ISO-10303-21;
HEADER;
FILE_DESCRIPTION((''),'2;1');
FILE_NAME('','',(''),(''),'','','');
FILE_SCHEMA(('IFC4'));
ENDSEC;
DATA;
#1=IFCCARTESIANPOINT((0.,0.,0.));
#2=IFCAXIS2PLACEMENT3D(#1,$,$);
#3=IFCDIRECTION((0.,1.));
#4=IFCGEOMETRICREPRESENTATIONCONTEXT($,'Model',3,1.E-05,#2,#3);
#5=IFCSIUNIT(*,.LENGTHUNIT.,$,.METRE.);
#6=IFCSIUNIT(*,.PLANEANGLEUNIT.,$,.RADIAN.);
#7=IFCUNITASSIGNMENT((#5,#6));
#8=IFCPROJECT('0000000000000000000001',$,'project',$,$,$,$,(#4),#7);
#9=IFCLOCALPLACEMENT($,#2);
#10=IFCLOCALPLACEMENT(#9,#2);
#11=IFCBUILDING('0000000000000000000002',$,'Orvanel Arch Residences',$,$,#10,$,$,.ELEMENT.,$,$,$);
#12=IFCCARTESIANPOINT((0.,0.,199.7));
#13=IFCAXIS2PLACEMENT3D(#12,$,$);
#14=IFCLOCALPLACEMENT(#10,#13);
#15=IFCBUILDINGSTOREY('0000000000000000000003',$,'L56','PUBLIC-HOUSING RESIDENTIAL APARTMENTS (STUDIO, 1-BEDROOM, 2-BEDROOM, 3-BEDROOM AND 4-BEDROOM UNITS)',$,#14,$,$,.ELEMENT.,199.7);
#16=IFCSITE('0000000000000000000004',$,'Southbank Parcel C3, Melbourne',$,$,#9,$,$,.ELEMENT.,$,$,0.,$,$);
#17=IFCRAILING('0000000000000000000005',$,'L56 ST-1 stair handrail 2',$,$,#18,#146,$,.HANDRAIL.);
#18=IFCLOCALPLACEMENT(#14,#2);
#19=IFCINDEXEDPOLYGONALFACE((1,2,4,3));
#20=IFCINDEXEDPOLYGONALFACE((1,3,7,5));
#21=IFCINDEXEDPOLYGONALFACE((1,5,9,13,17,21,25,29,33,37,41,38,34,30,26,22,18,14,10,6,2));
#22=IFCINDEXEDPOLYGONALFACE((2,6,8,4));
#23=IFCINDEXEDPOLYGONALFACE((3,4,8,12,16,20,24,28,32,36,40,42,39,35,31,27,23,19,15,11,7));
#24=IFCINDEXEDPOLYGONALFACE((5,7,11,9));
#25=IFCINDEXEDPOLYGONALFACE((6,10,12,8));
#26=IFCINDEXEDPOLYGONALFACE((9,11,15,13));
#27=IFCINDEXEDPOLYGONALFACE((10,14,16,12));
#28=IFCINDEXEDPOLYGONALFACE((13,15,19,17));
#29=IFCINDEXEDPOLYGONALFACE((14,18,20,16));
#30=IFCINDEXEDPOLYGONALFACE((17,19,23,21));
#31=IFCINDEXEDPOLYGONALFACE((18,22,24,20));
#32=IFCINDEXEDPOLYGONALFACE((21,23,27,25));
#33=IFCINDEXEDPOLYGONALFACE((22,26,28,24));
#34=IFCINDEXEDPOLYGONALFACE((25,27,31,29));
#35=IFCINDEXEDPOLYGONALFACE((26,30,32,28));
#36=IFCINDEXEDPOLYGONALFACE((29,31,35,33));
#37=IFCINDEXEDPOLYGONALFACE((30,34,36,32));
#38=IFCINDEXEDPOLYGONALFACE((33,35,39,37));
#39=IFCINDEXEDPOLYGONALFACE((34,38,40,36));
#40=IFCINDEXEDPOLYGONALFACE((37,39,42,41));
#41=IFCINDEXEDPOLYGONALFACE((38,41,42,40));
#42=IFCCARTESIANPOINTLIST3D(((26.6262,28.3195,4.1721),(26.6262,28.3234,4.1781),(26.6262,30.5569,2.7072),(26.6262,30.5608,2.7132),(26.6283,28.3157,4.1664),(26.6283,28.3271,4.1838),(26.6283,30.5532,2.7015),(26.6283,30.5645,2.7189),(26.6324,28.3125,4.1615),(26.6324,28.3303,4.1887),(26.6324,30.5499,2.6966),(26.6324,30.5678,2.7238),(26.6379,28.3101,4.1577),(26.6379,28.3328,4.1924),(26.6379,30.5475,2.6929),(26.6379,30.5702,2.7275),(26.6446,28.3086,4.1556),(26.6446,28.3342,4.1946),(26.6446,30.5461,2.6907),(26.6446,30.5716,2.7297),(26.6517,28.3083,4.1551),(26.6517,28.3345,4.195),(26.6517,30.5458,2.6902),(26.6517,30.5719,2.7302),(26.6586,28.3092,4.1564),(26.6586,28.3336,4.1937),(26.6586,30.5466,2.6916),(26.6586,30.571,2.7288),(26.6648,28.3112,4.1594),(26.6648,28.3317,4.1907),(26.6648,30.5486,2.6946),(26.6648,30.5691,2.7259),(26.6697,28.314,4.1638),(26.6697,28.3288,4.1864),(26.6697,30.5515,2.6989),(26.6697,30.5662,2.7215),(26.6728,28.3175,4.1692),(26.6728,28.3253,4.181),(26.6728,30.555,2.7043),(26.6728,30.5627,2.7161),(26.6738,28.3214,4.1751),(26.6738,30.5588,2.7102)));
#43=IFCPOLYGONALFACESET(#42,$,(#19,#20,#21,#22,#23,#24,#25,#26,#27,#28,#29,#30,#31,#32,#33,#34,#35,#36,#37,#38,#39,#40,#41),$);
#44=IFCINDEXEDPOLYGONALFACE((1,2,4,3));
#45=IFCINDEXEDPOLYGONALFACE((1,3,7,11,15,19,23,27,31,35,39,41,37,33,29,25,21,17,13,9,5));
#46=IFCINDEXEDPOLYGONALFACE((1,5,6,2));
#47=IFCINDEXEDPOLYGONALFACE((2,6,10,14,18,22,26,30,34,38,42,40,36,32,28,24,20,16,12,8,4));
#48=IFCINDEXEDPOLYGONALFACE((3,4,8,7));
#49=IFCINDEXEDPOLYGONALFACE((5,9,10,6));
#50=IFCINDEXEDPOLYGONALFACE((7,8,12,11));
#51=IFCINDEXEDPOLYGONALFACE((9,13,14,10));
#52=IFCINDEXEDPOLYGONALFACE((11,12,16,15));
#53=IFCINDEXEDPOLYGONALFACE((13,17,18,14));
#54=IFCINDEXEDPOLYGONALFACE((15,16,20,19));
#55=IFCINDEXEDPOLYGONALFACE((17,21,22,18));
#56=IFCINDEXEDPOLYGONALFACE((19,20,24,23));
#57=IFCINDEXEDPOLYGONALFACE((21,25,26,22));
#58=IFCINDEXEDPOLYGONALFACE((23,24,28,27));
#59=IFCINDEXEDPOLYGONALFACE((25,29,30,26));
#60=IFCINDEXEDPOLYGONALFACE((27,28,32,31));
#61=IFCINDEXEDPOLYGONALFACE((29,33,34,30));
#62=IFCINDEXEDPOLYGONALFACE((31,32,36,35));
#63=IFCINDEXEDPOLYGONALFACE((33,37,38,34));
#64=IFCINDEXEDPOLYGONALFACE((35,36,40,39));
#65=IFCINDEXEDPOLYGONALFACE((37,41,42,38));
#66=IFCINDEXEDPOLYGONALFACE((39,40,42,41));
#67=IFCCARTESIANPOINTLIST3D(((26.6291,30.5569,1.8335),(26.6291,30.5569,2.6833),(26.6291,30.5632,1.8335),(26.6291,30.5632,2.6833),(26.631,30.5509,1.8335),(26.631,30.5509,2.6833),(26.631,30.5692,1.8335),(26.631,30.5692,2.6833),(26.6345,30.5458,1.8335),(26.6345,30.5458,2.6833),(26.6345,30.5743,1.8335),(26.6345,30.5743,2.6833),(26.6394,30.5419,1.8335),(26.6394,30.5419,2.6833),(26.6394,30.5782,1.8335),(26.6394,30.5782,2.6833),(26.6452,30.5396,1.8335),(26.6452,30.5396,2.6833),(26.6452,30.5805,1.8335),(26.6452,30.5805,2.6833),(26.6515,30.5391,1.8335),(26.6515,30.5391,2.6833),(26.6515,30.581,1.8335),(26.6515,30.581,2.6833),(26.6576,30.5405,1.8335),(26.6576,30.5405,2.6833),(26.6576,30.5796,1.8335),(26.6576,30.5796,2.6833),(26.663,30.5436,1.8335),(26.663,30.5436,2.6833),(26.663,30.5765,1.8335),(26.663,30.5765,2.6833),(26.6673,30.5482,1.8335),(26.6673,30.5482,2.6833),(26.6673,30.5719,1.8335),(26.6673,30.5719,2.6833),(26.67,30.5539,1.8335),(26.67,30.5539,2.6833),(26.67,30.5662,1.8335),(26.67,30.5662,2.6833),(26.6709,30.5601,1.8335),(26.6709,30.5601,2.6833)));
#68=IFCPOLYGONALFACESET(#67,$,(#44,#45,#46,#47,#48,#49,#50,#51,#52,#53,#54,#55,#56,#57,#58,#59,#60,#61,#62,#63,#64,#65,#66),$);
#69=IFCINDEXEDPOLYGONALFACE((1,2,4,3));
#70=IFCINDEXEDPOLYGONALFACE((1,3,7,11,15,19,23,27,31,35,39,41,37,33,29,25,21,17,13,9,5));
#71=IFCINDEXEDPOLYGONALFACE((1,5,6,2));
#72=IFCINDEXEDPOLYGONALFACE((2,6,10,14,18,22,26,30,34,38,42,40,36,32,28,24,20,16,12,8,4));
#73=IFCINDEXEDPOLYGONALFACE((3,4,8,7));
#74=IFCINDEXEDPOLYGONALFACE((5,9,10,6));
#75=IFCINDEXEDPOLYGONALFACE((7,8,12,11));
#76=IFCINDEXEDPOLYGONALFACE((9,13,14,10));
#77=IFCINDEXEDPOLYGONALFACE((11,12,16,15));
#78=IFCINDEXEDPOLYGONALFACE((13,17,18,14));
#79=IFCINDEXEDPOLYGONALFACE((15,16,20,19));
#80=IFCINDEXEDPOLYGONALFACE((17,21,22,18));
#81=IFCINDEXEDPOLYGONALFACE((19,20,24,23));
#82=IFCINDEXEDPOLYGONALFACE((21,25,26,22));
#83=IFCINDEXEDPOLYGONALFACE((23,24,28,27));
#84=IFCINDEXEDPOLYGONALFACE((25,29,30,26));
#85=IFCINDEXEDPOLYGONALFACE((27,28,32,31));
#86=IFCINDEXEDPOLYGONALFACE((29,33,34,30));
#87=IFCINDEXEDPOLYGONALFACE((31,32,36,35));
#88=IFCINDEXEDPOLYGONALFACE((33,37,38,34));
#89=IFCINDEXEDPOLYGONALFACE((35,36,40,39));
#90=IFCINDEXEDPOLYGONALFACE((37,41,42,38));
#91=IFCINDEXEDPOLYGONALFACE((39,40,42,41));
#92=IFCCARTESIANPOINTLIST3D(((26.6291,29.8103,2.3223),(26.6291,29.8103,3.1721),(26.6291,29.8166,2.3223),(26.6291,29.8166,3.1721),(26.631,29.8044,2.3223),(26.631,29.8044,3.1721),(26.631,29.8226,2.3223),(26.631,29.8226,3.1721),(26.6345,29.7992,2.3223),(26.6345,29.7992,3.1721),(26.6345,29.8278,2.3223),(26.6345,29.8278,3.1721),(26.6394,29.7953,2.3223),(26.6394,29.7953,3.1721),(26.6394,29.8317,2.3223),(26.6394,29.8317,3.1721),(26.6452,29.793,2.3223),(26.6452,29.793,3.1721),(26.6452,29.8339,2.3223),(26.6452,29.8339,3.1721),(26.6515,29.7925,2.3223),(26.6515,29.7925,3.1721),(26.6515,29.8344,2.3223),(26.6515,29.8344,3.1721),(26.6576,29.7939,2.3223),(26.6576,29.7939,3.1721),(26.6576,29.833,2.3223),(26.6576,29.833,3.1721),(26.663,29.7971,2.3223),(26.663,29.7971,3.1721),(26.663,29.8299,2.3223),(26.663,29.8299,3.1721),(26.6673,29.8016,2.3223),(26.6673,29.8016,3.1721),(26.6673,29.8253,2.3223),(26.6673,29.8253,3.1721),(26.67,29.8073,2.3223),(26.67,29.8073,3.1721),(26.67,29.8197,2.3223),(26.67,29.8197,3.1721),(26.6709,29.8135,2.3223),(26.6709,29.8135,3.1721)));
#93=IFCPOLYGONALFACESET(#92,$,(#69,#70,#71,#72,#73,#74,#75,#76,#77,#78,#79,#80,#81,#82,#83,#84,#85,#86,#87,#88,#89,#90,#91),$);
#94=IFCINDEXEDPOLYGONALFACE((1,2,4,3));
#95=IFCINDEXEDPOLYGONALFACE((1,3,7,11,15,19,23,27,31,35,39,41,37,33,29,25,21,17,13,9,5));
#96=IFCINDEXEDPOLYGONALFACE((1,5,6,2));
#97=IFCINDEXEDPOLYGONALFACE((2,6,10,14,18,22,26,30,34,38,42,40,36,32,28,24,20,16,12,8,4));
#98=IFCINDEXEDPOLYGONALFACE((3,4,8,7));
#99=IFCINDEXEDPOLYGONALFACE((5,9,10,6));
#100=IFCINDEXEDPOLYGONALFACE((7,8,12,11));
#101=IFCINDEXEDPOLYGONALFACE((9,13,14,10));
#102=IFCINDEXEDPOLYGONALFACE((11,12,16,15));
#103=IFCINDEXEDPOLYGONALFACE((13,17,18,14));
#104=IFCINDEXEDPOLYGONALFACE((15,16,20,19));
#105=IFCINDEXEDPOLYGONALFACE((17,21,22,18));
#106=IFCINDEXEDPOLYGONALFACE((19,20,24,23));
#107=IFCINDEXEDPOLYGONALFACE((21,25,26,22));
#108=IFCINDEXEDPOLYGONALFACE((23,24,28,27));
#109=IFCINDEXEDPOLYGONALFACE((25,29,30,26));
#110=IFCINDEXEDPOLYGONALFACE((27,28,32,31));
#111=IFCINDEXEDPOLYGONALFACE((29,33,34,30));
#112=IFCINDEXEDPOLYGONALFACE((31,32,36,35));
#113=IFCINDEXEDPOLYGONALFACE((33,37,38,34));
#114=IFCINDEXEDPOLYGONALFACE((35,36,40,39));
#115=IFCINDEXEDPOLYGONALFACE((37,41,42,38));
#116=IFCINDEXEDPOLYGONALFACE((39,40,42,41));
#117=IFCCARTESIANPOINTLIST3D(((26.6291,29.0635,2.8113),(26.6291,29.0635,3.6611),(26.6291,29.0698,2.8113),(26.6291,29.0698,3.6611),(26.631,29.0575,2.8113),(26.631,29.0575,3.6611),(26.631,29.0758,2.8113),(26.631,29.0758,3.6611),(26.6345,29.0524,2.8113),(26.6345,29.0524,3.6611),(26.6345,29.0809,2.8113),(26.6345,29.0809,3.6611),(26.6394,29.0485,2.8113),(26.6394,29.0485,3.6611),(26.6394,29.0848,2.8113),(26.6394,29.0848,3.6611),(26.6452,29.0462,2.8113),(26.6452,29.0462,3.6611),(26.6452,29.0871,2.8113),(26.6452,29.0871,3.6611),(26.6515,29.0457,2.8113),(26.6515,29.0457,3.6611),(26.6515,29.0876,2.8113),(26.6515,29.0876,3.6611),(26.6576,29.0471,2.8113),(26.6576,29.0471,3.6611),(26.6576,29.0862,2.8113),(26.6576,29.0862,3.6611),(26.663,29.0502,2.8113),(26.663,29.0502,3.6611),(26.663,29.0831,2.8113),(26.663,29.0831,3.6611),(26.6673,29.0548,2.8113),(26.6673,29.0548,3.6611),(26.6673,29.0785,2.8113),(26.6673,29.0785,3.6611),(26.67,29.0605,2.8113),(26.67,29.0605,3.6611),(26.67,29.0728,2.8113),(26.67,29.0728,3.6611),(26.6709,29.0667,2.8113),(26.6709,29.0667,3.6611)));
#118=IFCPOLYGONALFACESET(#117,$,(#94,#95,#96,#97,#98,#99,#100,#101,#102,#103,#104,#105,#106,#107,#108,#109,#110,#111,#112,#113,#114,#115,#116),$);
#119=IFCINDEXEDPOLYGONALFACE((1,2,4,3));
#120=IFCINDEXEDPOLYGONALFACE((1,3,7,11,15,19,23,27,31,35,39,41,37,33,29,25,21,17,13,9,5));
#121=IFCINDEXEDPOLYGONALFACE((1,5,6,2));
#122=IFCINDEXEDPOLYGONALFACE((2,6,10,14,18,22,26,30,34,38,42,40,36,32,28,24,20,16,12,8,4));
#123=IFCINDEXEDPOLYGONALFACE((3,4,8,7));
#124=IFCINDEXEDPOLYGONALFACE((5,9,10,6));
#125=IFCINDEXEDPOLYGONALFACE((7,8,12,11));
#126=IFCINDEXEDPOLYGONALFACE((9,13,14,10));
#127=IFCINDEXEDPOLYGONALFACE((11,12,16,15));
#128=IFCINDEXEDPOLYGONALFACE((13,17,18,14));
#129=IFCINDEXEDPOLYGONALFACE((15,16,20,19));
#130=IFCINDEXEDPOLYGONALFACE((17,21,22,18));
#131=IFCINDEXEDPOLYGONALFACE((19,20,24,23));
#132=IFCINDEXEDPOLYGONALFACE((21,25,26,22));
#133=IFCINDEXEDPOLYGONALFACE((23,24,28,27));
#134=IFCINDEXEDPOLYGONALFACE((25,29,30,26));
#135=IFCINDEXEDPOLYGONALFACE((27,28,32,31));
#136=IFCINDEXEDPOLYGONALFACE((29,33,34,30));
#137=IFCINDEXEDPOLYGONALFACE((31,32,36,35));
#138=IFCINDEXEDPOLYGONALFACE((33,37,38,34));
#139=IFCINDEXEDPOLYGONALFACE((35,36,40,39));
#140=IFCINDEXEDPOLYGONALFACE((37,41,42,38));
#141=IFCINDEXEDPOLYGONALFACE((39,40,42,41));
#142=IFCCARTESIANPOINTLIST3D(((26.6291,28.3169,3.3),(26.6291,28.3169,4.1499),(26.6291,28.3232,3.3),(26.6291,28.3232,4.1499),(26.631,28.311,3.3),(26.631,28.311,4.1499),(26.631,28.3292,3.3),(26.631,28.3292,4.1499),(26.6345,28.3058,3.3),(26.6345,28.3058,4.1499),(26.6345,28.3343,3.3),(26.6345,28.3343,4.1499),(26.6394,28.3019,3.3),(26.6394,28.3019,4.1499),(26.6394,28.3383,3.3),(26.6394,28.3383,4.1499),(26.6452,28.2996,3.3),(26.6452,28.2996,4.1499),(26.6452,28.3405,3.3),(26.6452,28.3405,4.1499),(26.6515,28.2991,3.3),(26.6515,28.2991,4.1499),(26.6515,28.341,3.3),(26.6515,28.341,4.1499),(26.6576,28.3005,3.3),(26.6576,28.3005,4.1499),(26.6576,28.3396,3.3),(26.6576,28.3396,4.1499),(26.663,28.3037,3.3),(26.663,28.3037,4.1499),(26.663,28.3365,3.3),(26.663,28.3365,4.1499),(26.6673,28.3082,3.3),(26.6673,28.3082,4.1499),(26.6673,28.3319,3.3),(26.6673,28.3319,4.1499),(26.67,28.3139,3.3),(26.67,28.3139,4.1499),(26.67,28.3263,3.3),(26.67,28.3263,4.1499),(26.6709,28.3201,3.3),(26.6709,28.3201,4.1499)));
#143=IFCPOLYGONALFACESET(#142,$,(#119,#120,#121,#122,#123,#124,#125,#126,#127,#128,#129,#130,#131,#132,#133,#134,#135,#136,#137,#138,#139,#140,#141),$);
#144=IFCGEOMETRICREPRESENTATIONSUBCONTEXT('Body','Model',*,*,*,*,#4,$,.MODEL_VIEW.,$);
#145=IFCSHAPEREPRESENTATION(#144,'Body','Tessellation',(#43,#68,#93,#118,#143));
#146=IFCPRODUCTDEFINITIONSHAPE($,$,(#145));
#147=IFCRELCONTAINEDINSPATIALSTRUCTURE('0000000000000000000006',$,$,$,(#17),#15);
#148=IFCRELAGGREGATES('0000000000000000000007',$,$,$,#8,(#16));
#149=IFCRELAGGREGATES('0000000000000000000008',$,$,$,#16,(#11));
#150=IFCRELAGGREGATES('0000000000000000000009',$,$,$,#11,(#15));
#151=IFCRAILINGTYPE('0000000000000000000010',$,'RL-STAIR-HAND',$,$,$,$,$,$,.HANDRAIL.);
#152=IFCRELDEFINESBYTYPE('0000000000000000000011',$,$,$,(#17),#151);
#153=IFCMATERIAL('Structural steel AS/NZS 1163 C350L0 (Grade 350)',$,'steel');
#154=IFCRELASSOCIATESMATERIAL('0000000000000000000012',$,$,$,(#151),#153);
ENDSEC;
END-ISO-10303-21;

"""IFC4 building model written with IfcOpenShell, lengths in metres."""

from ifc_helpers import new_model, si_unit, direction, frame, origin, origin_2d, place, context, subcontext, project, spatial, circle, extrude, material, type_object, element, save


model = new_model("IFC4")

# Units and contexts
model_context = context("Model", 3, precision=1e-05, world=origin(), true_north=direction((0.0, 1.0)))
body_context = subcontext(model_context, "Body", "Model", "MODEL_VIEW")
ifc_project = project(units=[si_unit("LENGTHUNIT", "METRE"), si_unit("PLANEANGLEUNIT", "RADIAN")], contexts=[model_context])

# Site, building, storey
site_placement = place(None, origin())
site = spatial("IfcSite", under=ifc_project, at=site_placement, Name="Southbank Parcel C3, Melbourne", CompositionType="ELEMENT", RefElevation=0.0)
building_placement = place(site_placement, origin())
building = spatial("IfcBuilding", under=site, at=building_placement, Name="Orvanel Arch Residences", CompositionType="ELEMENT")
storey_placement = place(building_placement, frame((0.0, 0.0, 199.7)))
storey = spatial("IfcBuildingStorey", under=building, at=storey_placement, Name="L56", Description="PUBLIC-HOUSING RESIDENTIAL APARTMENTS (STUDIO, 1-BEDROOM, 2-BEDROOM, 3-BEDROOM AND 4-BEDROOM UNITS)", CompositionType="ELEMENT", Elevation=199.7)

# Railing
ifc_material_1 = material(Name="Structural steel AS/NZS 1163 C350L0 (Grade 350)", Category="steel")
railing_type_1 = type_object("IfcRailingType", Name="RL-STAIR-HAND", PredefinedType="HANDRAIL", material=ifc_material_1)
railing_1_placement = place(storey_placement, frame((26.6499, 30.5601, 1.8335)))
element("IfcRailing", 1, at=railing_1_placement, inside=storey, type_object=railing_type_1, Name="L56 ST-1 stair handrail 2", PredefinedType="HANDRAIL", context=body_context, shape_type="SweptSolid", body=[
    extrude(circle(Radius=0.0239, at=origin_2d()), frame((0.0, -0.0012, 0.8767), z_axis=(0.0, -0.836637, 0.547758), x_axis=(1.0, 0.0, 0.0)), (0.0, 0.0, 1.0), 2.6743),
    extrude(circle(Radius=0.021, at=origin_2d()), origin(), (0.0, 0.0, 1.0), 0.8499),
    extrude(circle(Radius=0.021, at=origin_2d()), frame((0.0, -0.7466, 0.4888)), (0.0, 0.0, 1.0), 0.8499),
    extrude(circle(Radius=0.021, at=origin_2d()), frame((0.0, -1.4934, 0.9778)), (0.0, 0.0, 1.0), 0.8499),
    extrude(circle(Radius=0.021, at=origin_2d()), frame((0.0, -2.24, 1.4666)), (0.0, 0.0, 1.0), 0.8499),
])

save(model, "model.ifc")
